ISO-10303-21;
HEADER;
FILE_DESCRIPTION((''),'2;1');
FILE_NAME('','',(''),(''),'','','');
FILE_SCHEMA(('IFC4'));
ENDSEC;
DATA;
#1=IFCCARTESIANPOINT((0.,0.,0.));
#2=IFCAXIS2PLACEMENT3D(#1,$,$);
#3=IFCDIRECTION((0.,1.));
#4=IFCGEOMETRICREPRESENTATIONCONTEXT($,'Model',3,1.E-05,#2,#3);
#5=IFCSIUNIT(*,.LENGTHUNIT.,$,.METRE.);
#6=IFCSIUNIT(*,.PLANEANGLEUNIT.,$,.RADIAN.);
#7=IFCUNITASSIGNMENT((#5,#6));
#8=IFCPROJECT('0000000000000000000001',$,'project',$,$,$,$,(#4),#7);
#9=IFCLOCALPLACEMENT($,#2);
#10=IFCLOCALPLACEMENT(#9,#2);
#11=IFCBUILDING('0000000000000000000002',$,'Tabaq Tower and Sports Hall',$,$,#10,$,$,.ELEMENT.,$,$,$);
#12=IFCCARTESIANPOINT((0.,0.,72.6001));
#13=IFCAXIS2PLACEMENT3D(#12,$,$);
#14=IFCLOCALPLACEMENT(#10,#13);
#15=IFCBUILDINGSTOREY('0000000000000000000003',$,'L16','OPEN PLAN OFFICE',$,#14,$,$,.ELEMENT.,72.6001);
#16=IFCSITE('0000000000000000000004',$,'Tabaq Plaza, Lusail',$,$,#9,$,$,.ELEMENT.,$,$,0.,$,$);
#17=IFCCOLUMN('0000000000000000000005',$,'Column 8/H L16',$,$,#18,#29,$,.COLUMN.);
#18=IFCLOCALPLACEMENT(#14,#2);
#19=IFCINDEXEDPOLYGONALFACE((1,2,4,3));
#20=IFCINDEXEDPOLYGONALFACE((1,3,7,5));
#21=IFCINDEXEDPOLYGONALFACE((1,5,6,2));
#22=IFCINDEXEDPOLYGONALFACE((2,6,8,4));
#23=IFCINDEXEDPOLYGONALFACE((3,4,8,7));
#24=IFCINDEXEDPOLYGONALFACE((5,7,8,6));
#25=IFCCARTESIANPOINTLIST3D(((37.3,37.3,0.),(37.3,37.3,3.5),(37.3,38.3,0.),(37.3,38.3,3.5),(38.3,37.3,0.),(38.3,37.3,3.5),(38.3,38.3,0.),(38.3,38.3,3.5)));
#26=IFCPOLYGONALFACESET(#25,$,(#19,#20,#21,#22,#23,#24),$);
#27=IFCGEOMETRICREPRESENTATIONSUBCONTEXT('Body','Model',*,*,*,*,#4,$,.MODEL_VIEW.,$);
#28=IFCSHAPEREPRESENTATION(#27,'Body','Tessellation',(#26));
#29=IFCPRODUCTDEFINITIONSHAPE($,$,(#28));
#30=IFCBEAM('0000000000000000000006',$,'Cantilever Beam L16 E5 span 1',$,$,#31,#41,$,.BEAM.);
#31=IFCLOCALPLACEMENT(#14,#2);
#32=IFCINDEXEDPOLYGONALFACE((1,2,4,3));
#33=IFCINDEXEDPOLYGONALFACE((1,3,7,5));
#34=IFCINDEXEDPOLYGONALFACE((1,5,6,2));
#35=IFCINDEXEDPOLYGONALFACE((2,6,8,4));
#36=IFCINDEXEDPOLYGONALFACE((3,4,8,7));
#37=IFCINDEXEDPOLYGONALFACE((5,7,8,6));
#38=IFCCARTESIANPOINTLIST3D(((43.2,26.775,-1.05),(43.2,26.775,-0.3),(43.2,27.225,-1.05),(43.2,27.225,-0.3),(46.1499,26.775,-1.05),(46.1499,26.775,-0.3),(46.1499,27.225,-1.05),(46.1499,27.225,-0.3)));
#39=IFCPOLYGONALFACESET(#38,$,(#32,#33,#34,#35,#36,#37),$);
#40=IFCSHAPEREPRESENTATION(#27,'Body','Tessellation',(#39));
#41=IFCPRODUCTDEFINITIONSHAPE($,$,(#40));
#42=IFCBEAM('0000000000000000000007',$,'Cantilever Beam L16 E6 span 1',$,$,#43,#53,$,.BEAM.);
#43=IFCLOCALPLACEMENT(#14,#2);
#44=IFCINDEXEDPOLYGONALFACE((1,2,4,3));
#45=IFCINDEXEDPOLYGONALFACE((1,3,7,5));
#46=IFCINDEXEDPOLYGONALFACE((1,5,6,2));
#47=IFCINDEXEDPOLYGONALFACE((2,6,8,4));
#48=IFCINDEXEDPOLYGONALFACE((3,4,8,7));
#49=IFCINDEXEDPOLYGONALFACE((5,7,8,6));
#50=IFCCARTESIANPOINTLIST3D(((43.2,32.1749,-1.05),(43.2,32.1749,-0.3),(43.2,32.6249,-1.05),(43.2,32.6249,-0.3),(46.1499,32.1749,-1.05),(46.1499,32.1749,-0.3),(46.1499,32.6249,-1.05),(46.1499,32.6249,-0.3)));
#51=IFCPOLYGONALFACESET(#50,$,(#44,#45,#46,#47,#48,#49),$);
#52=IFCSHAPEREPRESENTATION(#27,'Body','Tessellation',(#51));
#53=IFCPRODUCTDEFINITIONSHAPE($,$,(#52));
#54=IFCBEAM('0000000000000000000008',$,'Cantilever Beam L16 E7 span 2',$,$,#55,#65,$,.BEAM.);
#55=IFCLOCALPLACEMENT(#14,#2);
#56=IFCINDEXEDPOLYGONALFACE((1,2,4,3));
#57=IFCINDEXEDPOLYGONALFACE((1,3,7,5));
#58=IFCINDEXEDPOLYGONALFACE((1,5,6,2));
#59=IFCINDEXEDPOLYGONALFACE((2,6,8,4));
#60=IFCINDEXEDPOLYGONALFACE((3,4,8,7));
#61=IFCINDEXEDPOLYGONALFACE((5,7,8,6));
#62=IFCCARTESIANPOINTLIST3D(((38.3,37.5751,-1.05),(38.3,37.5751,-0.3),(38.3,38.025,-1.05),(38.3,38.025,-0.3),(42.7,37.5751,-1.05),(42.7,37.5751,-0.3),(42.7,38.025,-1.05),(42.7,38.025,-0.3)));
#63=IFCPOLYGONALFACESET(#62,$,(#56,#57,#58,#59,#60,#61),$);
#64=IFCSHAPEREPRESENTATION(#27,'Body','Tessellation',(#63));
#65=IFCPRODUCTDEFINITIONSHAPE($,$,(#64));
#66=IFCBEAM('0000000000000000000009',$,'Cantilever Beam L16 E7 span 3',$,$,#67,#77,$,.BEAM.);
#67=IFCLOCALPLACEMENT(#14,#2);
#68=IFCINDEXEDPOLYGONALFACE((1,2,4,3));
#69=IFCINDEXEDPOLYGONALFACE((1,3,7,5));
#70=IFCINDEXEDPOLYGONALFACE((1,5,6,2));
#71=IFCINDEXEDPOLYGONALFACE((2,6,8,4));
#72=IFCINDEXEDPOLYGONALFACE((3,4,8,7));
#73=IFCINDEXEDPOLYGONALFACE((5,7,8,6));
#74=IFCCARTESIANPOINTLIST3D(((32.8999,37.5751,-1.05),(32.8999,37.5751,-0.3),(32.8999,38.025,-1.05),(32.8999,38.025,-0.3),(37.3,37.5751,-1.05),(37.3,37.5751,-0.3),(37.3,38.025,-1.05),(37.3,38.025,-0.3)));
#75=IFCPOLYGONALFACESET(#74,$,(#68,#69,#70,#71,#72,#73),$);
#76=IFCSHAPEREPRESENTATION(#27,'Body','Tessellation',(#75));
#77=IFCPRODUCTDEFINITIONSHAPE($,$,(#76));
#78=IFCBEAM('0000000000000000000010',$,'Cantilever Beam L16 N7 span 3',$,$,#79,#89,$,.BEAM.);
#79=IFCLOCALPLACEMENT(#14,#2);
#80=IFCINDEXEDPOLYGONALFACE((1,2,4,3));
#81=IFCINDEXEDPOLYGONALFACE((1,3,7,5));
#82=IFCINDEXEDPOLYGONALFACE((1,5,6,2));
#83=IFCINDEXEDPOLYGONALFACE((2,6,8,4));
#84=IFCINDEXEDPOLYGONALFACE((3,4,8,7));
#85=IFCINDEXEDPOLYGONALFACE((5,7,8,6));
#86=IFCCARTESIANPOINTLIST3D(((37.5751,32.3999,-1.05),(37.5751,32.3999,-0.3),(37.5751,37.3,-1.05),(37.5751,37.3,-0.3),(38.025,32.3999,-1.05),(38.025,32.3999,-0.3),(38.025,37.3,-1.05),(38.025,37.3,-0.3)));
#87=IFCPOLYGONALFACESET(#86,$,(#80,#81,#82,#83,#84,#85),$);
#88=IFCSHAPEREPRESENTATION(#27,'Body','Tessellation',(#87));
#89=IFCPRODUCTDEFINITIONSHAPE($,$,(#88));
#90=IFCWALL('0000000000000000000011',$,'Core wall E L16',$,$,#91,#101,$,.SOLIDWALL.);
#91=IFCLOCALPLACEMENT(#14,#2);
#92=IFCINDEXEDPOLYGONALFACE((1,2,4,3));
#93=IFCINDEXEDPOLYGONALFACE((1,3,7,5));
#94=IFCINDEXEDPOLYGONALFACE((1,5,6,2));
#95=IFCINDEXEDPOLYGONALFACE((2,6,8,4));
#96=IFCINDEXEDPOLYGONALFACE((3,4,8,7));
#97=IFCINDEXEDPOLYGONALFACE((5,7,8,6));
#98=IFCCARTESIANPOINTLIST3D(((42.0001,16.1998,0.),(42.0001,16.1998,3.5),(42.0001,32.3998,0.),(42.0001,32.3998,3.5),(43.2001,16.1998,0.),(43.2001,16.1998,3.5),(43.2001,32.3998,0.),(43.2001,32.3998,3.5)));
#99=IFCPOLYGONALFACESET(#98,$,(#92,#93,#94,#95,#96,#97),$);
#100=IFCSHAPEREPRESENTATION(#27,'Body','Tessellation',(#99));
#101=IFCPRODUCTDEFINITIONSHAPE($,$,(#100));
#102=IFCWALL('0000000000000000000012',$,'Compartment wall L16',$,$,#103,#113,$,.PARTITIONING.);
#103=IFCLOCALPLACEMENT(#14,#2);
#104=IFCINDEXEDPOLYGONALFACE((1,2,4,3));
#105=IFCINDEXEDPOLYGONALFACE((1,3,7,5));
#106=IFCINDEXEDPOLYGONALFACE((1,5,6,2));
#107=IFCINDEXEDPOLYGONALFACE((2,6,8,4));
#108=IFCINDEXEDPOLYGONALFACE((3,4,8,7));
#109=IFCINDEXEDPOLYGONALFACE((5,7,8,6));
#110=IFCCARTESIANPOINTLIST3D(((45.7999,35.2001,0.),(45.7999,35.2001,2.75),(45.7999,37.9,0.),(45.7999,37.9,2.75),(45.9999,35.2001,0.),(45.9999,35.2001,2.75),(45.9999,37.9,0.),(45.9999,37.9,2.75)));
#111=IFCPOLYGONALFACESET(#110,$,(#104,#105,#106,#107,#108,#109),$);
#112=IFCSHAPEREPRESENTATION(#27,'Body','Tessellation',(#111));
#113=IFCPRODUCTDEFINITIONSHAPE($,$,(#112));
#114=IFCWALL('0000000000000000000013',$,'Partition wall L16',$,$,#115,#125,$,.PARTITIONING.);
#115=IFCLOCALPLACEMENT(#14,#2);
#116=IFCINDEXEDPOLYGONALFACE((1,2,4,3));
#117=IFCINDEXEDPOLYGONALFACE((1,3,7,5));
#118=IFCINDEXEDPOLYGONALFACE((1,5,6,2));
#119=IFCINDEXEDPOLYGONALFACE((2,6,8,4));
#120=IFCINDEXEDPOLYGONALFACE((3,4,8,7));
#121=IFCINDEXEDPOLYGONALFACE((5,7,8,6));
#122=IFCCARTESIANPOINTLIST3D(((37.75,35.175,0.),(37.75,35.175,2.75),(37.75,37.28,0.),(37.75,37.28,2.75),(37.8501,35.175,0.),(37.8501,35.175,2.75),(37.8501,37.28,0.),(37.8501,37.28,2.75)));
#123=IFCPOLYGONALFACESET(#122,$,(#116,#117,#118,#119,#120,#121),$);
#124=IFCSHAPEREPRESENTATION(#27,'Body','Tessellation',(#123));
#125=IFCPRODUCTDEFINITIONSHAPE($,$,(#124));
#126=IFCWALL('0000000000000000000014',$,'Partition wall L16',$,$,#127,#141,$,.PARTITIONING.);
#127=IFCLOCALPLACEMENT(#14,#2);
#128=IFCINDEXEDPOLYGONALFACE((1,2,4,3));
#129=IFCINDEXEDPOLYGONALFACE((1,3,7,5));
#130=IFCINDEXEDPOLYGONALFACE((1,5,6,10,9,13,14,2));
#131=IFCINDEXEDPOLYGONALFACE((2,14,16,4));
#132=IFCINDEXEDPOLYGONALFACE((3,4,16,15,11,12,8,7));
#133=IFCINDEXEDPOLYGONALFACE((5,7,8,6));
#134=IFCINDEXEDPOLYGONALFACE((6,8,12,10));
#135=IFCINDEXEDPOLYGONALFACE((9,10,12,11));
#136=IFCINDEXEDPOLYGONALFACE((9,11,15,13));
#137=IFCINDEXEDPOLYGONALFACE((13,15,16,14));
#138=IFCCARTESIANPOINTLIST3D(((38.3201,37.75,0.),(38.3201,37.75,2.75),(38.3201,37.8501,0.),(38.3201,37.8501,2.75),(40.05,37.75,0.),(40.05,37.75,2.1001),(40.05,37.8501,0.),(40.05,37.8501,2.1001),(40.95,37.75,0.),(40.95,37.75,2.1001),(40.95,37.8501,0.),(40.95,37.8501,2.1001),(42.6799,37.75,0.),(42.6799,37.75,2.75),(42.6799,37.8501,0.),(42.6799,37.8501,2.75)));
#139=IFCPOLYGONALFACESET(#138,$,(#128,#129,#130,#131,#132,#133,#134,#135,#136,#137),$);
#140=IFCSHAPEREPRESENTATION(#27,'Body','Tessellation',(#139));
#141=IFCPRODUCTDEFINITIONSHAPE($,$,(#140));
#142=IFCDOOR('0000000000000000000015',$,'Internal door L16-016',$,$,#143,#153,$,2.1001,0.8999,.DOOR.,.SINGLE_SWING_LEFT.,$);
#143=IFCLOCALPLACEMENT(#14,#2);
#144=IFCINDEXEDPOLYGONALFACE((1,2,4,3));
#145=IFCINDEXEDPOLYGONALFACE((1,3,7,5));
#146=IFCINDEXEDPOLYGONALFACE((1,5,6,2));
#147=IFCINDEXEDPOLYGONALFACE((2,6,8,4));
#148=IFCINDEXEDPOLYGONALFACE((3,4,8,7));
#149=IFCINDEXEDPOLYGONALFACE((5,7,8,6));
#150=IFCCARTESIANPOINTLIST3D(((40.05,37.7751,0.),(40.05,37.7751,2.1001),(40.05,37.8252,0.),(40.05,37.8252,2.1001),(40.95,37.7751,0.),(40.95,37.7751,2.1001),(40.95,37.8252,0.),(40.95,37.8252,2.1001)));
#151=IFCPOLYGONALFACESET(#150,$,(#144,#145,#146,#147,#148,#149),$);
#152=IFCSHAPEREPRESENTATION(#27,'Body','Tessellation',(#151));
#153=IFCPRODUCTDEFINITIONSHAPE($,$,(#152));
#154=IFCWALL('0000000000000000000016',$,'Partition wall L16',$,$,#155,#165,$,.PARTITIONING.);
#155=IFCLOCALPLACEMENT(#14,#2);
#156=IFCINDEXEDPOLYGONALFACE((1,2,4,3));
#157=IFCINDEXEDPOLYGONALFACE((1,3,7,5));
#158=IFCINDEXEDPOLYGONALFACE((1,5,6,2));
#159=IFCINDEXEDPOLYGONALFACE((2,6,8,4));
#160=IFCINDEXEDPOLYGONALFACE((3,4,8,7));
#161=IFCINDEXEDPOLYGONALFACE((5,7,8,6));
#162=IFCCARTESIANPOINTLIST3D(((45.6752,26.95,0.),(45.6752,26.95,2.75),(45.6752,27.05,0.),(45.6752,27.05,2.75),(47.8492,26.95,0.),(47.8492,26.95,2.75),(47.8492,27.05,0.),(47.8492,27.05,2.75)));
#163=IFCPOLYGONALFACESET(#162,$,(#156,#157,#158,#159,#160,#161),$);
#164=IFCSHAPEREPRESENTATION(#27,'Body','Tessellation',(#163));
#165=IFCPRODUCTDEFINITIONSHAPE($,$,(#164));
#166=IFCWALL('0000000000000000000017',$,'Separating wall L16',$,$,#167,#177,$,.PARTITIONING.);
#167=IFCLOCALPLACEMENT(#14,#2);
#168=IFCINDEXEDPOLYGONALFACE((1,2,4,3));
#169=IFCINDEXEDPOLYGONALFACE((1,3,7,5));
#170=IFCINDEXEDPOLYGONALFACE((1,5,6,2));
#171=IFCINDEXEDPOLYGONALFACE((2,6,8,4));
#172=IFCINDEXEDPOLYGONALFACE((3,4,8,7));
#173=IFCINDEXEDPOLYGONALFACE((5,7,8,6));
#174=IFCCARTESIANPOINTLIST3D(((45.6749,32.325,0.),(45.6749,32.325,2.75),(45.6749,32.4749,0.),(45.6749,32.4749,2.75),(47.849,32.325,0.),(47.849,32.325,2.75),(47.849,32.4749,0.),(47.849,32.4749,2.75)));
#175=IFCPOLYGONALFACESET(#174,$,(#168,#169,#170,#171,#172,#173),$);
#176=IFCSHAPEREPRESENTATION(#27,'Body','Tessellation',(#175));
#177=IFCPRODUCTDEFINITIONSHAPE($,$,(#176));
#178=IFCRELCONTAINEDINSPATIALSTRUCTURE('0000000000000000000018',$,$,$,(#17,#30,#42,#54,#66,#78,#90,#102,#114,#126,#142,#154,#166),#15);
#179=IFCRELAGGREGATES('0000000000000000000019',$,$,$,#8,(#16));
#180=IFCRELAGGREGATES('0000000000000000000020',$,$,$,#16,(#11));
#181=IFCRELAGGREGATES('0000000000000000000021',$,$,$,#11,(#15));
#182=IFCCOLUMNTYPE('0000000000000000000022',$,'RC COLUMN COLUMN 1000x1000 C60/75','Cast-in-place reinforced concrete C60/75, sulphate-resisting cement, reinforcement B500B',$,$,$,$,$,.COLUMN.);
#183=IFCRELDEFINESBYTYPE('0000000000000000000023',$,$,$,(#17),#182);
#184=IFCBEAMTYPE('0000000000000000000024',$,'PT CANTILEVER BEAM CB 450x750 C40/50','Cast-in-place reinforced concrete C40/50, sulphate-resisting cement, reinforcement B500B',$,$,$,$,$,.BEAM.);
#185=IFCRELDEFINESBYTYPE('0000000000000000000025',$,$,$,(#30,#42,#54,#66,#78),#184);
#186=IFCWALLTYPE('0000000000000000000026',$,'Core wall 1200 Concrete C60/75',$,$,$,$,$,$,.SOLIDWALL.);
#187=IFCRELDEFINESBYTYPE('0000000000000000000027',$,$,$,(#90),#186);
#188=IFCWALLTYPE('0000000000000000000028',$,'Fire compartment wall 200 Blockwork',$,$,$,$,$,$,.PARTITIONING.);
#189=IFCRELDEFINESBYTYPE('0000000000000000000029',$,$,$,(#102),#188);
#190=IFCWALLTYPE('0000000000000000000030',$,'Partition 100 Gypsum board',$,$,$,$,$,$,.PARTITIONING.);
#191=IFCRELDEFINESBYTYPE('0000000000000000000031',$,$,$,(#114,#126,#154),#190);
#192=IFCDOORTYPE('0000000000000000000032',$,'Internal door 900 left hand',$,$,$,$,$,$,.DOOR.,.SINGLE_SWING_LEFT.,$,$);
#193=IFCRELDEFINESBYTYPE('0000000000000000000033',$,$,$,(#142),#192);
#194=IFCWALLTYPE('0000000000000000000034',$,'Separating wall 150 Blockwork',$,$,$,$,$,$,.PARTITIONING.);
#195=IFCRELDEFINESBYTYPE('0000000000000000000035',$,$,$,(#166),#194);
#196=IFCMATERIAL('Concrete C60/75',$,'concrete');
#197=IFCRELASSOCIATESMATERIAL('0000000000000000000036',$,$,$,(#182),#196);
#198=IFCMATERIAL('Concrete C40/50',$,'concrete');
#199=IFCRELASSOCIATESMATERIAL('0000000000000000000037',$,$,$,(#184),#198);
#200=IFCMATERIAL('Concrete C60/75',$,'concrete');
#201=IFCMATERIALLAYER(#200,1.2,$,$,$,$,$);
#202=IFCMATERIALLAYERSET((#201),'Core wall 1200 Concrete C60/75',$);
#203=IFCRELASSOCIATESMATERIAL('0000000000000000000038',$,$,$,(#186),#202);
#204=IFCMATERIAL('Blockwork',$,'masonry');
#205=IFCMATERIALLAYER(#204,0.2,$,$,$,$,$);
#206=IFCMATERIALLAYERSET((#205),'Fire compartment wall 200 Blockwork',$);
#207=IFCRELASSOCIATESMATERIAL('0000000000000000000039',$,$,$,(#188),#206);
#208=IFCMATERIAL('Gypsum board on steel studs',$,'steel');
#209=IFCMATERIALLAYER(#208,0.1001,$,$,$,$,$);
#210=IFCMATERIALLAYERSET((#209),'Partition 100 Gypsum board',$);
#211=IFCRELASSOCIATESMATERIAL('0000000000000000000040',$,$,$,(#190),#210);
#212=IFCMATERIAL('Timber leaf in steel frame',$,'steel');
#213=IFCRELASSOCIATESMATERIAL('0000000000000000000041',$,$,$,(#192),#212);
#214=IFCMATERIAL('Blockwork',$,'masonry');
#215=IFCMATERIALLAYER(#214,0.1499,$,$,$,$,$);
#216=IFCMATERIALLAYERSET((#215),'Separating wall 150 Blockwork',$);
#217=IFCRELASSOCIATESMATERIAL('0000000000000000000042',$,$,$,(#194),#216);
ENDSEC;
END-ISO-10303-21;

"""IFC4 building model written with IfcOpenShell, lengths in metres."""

from ifc_helpers import new_model, si_unit, direction, frame, frame_2d, origin, origin_2d, place, context, subcontext, project, spatial, rectangle, extrude, material, layer, layer_set, material_profile, profile_set, type_object, element, fill, save


model = new_model("IFC4")

# Units and contexts
model_context = context("Model", 3, precision=1e-05, world=origin(), true_north=direction((0.0, 1.0)))
body_context = subcontext(model_context, "Body", "Model", "MODEL_VIEW")
ifc_project = project(units=[si_unit("LENGTHUNIT", "METRE"), si_unit("PLANEANGLEUNIT", "RADIAN")], contexts=[model_context])

# Site, building, storey
site_placement = place(None, origin())
site = spatial("IfcSite", under=ifc_project, at=site_placement, Name="Tabaq Plaza, Lusail", CompositionType="ELEMENT", RefElevation=0.0)
building_placement = place(site_placement, origin())
building = spatial("IfcBuilding", under=site, at=building_placement, Name="Tabaq Tower and Sports Hall", CompositionType="ELEMENT")
storey_placement = place(building_placement, frame((0.0, 0.0, 72.6001)))
storey = spatial("IfcBuildingStorey", under=building, at=storey_placement, Name="L16", Description="OPEN PLAN OFFICE", CompositionType="ELEMENT", Elevation=72.6001)

# Column
ifc_material_1 = material(Name="Concrete C60/75", Category="concrete")
ifc_material_profile_1 = material_profile(ifc_material_1, rectangle(XDim=1.0, YDim=1.0, at=origin_2d()), Name="COLUMN 1000x1000")
ifc_profile_set_1 = profile_set([ifc_material_profile_1], Name="Concrete C60/75")
column_type = type_object("IfcColumnType", Name="RC COLUMN COLUMN 1000x1000 C60/75", Description="Cast-in-place reinforced concrete C60/75, sulphate-resisting cement, reinforcement B500B", PredefinedType="COLUMN", material=ifc_profile_set_1)
column_placement = place(storey_placement, frame((37.8, 37.8, 0.0), z_axis=(0.0, 0.0, 1.0), x_axis=(1.0, 0.0, 0.0)))
element("IfcColumn", 1, at=column_placement, inside=storey, type_object=column_type, Name="Column 8/H L16", PredefinedType="COLUMN", context=body_context, shape_type="SweptSolid", body=[
    extrude(rectangle(XDim=1.0, YDim=1.0, at=origin_2d()), origin(), (0.0, 0.0, 1.0), 3.5),
])

# Beams
ifc_material_2 = material(Name="Concrete C40/50", Category="concrete")
ifc_material_profile_2 = material_profile(ifc_material_2, rectangle(XDim=0.45, YDim=0.75, at=origin_2d()), Name="CB 450x750")
ifc_profile_set_2 = profile_set([ifc_material_profile_2], Name="Concrete C40/50")
beam_type = type_object("IfcBeamType", Name="PT CANTILEVER BEAM CB 450x750 C40/50", Description="Cast-in-place reinforced concrete C40/50, sulphate-resisting cement, reinforcement B500B", PredefinedType="BEAM", material=ifc_profile_set_2)
for number, where, z_axis, x_axis, name in (
    (2, (46.1499, 27.0, -0.675), (-1.0, 0.0, 0.0), (0.0, -1.0, 0.0), "Cantilever Beam L16 E5 span 1"),
    (3, (46.1499, 32.3999, -0.675), (-1.0, 0.0, 0.0), (0.0, -1.0, 0.0), "Cantilever Beam L16 E6 span 1"),
):
    element("IfcBeam", number, at=place(storey_placement, frame(where, z_axis=z_axis, x_axis=x_axis)), inside=storey, type_object=beam_type, Name=name, PredefinedType="BEAM", context=body_context, shape_type="SweptSolid", body=[
        extrude(rectangle(XDim=0.45, YDim=0.75, at=origin_2d()), origin(), (0.0, 0.0, 1.0), 2.95),
    ])
beam_1_placement = place(storey_placement, frame((42.7, 37.8, -0.675), z_axis=(-1.0, 0.0, 0.0), x_axis=(0.0, -1.0, 0.0)))
element("IfcBeam", 4, at=beam_1_placement, inside=storey, type_object=beam_type, Name="Cantilever Beam L16 E7 span 2", PredefinedType="BEAM", context=body_context, shape_type="SweptSolid", body=[
    extrude(rectangle(XDim=0.45, YDim=0.75, at=origin_2d()), origin(), (0.0, 0.0, 1.0), 4.3999),
])
beam_2_placement = place(storey_placement, frame((37.3, 37.8, -0.675), z_axis=(-1.0, 0.0, 0.0), x_axis=(0.0, -1.0, 0.0)))
element("IfcBeam", 5, at=beam_2_placement, inside=storey, type_object=beam_type, Name="Cantilever Beam L16 E7 span 3", PredefinedType="BEAM", context=body_context, shape_type="SweptSolid", body=[
    extrude(rectangle(XDim=0.45, YDim=0.75, at=origin_2d()), origin(), (0.0, 0.0, 1.0), 4.4001),
])
beam_3_placement = place(storey_placement, frame((37.8, 37.3, -0.675), z_axis=(0.0, -1.0, 0.0), x_axis=(1.0, 0.0, 0.0)))
element("IfcBeam", 6, at=beam_3_placement, inside=storey, type_object=beam_type, Name="Cantilever Beam L16 N7 span 3", PredefinedType="BEAM", context=body_context, shape_type="SweptSolid", body=[
    extrude(rectangle(XDim=0.45, YDim=0.75, at=origin_2d()), origin(), (0.0, 0.0, 1.0), 4.9001),
])

# Wall
ifc_material_3 = material(Name="Concrete C60/75", Category="concrete")
ifc_layer_1 = layer(ifc_material_3, 1.2)
ifc_layer_set_1 = layer_set([ifc_layer_1], Name="Core wall 1200 Concrete C60/75")
wall_type_1 = type_object("IfcWallType", Name="Core wall 1200 Concrete C60/75", PredefinedType="SOLIDWALL", material=ifc_layer_set_1)
wall_1_placement = place(storey_placement, frame((42.6001, 32.3999, 0.0), z_axis=(0.0, 0.0, 1.0), x_axis=(0.0, -1.0, 0.0)))
element("IfcWall", 7, at=wall_1_placement, inside=storey, type_object=wall_type_1, Name="Core wall E L16", PredefinedType="SOLIDWALL", context=body_context, shape_type="SweptSolid", body=[
    extrude(rectangle(XDim=16.2, YDim=1.2, at=frame_2d((8.1001, 0.0))), origin(), (0.0, 0.0, 1.0), 3.5),
])

# Shared definitions
ifc_material_4 = material(Name="Blockwork", Category="masonry")
ifc_layer_2 = layer(ifc_material_4, 0.2)
ifc_layer_set_2 = layer_set([ifc_layer_2], Name="Fire compartment wall 200 Blockwork")
wall_type_2 = type_object("IfcWallType", Name="Fire compartment wall 200 Blockwork", PredefinedType="PARTITIONING", material=ifc_layer_set_2)

# Walls
wall_2_placement = place(storey_placement, frame((45.8999, 35.2, 0.0), z_axis=(0.0, 0.0, 1.0), x_axis=(0.0, 1.0, 0.0)))
element("IfcWall", 8, at=wall_2_placement, inside=storey, type_object=wall_type_2, Name="Compartment wall L16", PredefinedType="PARTITIONING", context=body_context, shape_type="SweptSolid", body=[
    extrude(rectangle(XDim=2.7, YDim=0.2, at=frame_2d((1.3501, 0.0))), origin(), (0.0, 0.0, 1.0), 2.75),
])
ifc_material_5 = material(Name="Gypsum board on steel studs", Category="steel")
ifc_layer_3 = layer(ifc_material_5, 0.1001)
ifc_layer_set_3 = layer_set([ifc_layer_3], Name="Partition 100 Gypsum board")
wall_type_3 = type_object("IfcWallType", Name="Partition 100 Gypsum board", PredefinedType="PARTITIONING", material=ifc_layer_set_3)
wall_3_placement = place(storey_placement, frame((37.8, 35.175, 0.0), z_axis=(0.0, 0.0, 1.0), x_axis=(0.0, 1.0, 0.0)))
element("IfcWall", 9, at=wall_3_placement, inside=storey, type_object=wall_type_3, Name="Partition wall L16", PredefinedType="PARTITIONING", context=body_context, shape_type="SweptSolid", body=[
    extrude(rectangle(XDim=2.105, YDim=0.1001, at=frame_2d((1.0525, 0.0))), origin(), (0.0, 0.0, 1.0), 2.75),
])

# Wall, opening, door
wall_4_placement = place(storey_placement, frame((42.6799, 37.8, 0.0), z_axis=(0.0, 0.0, 1.0), x_axis=(-1.0, 0.0, 0.0)))
wall_4 = element("IfcWall", 10, at=wall_4_placement, inside=storey, type_object=wall_type_3, Name="Partition wall L16", PredefinedType="PARTITIONING", context=body_context, shape_type="SweptSolid", body=[
    extrude(rectangle(XDim=4.3599, YDim=0.1001, at=frame_2d((2.1799, 0.0))), origin(), (0.0, 0.0, 1.0), 2.75),
])
opening_1_placement = place(wall_4_placement, frame((1.73, 0.0, 0.0)))
opening_1 = element("IfcOpeningElement", 11, at=opening_1_placement, cuts=wall_4, PredefinedType="OPENING", context=body_context, shape_type="SweptSolid", body=[
    extrude(rectangle(XDim=0.8999, YDim=2.1001, at=frame_2d((0.45, 1.05))), frame((0.0, 0.05, 0.0), z_axis=(0.0, -1.0, 0.0), x_axis=(1.0, 0.0, 0.0)), (0.0, 0.0, 1.0), 0.1001),
])
ifc_material_6 = material(Name="Timber leaf in steel frame", Category="steel")
door_type_1 = type_object("IfcDoorType", Name="Internal door 900 left hand", OperationType="SINGLE_SWING_LEFT", PredefinedType="DOOR", material=ifc_material_6)
door_1_placement = place(opening_1_placement, origin())
door_1 = element("IfcDoor", 12, at=door_1_placement, inside=storey, type_object=door_type_1, Name="Internal door L16-016", OperationType="SINGLE_SWING_LEFT", OverallHeight=2.1001, OverallWidth=0.8999, PredefinedType="DOOR", context=body_context, shape_type="SweptSolid", body=[
    extrude(rectangle(XDim=0.8999, YDim=2.1001, at=frame_2d((0.45, 1.05))), frame((0.0, 0.0249, 0.0), z_axis=(0.0, -1.0, 0.0), x_axis=(1.0, 0.0, 0.0)), (0.0, 0.0, 1.0), 0.05),
])
fill(opening_1, door_1)

# Walls
wall_5_placement = place(storey_placement, frame((47.8491, 27.0, 0.0), z_axis=(0.0, 0.0, 1.0), x_axis=(-1.0, 0.0, 0.0)))
element("IfcWall", 13, at=wall_5_placement, inside=storey, type_object=wall_type_3, Name="Partition wall L16", PredefinedType="PARTITIONING", context=body_context, shape_type="SweptSolid", body=[
    extrude(rectangle(XDim=2.1741, YDim=0.1001, at=frame_2d((1.0869, 0.0))), origin(), (0.0, 0.0, 1.0), 2.75),
])
ifc_material_7 = material(Name="Blockwork", Category="masonry")
ifc_layer_4 = layer(ifc_material_7, 0.1499)
ifc_layer_set_4 = layer_set([ifc_layer_4], Name="Separating wall 150 Blockwork")
wall_type_4 = type_object("IfcWallType", Name="Separating wall 150 Blockwork", PredefinedType="PARTITIONING", material=ifc_layer_set_4)
wall_6_placement = place(storey_placement, frame((45.675, 32.3999, 0.0), z_axis=(0.0, 0.0, 1.0), x_axis=(1.0, 0.0, 0.0)))
element("IfcWall", 14, at=wall_6_placement, inside=storey, type_object=wall_type_4, Name="Separating wall L16", PredefinedType="PARTITIONING", context=body_context, shape_type="SweptSolid", body=[
    extrude(rectangle(XDim=2.1741, YDim=0.1499, at=frame_2d((1.0869, 0.0))), origin(), (0.0, 0.0, 1.0), 2.75),
])

save(model, "model.ifc")
